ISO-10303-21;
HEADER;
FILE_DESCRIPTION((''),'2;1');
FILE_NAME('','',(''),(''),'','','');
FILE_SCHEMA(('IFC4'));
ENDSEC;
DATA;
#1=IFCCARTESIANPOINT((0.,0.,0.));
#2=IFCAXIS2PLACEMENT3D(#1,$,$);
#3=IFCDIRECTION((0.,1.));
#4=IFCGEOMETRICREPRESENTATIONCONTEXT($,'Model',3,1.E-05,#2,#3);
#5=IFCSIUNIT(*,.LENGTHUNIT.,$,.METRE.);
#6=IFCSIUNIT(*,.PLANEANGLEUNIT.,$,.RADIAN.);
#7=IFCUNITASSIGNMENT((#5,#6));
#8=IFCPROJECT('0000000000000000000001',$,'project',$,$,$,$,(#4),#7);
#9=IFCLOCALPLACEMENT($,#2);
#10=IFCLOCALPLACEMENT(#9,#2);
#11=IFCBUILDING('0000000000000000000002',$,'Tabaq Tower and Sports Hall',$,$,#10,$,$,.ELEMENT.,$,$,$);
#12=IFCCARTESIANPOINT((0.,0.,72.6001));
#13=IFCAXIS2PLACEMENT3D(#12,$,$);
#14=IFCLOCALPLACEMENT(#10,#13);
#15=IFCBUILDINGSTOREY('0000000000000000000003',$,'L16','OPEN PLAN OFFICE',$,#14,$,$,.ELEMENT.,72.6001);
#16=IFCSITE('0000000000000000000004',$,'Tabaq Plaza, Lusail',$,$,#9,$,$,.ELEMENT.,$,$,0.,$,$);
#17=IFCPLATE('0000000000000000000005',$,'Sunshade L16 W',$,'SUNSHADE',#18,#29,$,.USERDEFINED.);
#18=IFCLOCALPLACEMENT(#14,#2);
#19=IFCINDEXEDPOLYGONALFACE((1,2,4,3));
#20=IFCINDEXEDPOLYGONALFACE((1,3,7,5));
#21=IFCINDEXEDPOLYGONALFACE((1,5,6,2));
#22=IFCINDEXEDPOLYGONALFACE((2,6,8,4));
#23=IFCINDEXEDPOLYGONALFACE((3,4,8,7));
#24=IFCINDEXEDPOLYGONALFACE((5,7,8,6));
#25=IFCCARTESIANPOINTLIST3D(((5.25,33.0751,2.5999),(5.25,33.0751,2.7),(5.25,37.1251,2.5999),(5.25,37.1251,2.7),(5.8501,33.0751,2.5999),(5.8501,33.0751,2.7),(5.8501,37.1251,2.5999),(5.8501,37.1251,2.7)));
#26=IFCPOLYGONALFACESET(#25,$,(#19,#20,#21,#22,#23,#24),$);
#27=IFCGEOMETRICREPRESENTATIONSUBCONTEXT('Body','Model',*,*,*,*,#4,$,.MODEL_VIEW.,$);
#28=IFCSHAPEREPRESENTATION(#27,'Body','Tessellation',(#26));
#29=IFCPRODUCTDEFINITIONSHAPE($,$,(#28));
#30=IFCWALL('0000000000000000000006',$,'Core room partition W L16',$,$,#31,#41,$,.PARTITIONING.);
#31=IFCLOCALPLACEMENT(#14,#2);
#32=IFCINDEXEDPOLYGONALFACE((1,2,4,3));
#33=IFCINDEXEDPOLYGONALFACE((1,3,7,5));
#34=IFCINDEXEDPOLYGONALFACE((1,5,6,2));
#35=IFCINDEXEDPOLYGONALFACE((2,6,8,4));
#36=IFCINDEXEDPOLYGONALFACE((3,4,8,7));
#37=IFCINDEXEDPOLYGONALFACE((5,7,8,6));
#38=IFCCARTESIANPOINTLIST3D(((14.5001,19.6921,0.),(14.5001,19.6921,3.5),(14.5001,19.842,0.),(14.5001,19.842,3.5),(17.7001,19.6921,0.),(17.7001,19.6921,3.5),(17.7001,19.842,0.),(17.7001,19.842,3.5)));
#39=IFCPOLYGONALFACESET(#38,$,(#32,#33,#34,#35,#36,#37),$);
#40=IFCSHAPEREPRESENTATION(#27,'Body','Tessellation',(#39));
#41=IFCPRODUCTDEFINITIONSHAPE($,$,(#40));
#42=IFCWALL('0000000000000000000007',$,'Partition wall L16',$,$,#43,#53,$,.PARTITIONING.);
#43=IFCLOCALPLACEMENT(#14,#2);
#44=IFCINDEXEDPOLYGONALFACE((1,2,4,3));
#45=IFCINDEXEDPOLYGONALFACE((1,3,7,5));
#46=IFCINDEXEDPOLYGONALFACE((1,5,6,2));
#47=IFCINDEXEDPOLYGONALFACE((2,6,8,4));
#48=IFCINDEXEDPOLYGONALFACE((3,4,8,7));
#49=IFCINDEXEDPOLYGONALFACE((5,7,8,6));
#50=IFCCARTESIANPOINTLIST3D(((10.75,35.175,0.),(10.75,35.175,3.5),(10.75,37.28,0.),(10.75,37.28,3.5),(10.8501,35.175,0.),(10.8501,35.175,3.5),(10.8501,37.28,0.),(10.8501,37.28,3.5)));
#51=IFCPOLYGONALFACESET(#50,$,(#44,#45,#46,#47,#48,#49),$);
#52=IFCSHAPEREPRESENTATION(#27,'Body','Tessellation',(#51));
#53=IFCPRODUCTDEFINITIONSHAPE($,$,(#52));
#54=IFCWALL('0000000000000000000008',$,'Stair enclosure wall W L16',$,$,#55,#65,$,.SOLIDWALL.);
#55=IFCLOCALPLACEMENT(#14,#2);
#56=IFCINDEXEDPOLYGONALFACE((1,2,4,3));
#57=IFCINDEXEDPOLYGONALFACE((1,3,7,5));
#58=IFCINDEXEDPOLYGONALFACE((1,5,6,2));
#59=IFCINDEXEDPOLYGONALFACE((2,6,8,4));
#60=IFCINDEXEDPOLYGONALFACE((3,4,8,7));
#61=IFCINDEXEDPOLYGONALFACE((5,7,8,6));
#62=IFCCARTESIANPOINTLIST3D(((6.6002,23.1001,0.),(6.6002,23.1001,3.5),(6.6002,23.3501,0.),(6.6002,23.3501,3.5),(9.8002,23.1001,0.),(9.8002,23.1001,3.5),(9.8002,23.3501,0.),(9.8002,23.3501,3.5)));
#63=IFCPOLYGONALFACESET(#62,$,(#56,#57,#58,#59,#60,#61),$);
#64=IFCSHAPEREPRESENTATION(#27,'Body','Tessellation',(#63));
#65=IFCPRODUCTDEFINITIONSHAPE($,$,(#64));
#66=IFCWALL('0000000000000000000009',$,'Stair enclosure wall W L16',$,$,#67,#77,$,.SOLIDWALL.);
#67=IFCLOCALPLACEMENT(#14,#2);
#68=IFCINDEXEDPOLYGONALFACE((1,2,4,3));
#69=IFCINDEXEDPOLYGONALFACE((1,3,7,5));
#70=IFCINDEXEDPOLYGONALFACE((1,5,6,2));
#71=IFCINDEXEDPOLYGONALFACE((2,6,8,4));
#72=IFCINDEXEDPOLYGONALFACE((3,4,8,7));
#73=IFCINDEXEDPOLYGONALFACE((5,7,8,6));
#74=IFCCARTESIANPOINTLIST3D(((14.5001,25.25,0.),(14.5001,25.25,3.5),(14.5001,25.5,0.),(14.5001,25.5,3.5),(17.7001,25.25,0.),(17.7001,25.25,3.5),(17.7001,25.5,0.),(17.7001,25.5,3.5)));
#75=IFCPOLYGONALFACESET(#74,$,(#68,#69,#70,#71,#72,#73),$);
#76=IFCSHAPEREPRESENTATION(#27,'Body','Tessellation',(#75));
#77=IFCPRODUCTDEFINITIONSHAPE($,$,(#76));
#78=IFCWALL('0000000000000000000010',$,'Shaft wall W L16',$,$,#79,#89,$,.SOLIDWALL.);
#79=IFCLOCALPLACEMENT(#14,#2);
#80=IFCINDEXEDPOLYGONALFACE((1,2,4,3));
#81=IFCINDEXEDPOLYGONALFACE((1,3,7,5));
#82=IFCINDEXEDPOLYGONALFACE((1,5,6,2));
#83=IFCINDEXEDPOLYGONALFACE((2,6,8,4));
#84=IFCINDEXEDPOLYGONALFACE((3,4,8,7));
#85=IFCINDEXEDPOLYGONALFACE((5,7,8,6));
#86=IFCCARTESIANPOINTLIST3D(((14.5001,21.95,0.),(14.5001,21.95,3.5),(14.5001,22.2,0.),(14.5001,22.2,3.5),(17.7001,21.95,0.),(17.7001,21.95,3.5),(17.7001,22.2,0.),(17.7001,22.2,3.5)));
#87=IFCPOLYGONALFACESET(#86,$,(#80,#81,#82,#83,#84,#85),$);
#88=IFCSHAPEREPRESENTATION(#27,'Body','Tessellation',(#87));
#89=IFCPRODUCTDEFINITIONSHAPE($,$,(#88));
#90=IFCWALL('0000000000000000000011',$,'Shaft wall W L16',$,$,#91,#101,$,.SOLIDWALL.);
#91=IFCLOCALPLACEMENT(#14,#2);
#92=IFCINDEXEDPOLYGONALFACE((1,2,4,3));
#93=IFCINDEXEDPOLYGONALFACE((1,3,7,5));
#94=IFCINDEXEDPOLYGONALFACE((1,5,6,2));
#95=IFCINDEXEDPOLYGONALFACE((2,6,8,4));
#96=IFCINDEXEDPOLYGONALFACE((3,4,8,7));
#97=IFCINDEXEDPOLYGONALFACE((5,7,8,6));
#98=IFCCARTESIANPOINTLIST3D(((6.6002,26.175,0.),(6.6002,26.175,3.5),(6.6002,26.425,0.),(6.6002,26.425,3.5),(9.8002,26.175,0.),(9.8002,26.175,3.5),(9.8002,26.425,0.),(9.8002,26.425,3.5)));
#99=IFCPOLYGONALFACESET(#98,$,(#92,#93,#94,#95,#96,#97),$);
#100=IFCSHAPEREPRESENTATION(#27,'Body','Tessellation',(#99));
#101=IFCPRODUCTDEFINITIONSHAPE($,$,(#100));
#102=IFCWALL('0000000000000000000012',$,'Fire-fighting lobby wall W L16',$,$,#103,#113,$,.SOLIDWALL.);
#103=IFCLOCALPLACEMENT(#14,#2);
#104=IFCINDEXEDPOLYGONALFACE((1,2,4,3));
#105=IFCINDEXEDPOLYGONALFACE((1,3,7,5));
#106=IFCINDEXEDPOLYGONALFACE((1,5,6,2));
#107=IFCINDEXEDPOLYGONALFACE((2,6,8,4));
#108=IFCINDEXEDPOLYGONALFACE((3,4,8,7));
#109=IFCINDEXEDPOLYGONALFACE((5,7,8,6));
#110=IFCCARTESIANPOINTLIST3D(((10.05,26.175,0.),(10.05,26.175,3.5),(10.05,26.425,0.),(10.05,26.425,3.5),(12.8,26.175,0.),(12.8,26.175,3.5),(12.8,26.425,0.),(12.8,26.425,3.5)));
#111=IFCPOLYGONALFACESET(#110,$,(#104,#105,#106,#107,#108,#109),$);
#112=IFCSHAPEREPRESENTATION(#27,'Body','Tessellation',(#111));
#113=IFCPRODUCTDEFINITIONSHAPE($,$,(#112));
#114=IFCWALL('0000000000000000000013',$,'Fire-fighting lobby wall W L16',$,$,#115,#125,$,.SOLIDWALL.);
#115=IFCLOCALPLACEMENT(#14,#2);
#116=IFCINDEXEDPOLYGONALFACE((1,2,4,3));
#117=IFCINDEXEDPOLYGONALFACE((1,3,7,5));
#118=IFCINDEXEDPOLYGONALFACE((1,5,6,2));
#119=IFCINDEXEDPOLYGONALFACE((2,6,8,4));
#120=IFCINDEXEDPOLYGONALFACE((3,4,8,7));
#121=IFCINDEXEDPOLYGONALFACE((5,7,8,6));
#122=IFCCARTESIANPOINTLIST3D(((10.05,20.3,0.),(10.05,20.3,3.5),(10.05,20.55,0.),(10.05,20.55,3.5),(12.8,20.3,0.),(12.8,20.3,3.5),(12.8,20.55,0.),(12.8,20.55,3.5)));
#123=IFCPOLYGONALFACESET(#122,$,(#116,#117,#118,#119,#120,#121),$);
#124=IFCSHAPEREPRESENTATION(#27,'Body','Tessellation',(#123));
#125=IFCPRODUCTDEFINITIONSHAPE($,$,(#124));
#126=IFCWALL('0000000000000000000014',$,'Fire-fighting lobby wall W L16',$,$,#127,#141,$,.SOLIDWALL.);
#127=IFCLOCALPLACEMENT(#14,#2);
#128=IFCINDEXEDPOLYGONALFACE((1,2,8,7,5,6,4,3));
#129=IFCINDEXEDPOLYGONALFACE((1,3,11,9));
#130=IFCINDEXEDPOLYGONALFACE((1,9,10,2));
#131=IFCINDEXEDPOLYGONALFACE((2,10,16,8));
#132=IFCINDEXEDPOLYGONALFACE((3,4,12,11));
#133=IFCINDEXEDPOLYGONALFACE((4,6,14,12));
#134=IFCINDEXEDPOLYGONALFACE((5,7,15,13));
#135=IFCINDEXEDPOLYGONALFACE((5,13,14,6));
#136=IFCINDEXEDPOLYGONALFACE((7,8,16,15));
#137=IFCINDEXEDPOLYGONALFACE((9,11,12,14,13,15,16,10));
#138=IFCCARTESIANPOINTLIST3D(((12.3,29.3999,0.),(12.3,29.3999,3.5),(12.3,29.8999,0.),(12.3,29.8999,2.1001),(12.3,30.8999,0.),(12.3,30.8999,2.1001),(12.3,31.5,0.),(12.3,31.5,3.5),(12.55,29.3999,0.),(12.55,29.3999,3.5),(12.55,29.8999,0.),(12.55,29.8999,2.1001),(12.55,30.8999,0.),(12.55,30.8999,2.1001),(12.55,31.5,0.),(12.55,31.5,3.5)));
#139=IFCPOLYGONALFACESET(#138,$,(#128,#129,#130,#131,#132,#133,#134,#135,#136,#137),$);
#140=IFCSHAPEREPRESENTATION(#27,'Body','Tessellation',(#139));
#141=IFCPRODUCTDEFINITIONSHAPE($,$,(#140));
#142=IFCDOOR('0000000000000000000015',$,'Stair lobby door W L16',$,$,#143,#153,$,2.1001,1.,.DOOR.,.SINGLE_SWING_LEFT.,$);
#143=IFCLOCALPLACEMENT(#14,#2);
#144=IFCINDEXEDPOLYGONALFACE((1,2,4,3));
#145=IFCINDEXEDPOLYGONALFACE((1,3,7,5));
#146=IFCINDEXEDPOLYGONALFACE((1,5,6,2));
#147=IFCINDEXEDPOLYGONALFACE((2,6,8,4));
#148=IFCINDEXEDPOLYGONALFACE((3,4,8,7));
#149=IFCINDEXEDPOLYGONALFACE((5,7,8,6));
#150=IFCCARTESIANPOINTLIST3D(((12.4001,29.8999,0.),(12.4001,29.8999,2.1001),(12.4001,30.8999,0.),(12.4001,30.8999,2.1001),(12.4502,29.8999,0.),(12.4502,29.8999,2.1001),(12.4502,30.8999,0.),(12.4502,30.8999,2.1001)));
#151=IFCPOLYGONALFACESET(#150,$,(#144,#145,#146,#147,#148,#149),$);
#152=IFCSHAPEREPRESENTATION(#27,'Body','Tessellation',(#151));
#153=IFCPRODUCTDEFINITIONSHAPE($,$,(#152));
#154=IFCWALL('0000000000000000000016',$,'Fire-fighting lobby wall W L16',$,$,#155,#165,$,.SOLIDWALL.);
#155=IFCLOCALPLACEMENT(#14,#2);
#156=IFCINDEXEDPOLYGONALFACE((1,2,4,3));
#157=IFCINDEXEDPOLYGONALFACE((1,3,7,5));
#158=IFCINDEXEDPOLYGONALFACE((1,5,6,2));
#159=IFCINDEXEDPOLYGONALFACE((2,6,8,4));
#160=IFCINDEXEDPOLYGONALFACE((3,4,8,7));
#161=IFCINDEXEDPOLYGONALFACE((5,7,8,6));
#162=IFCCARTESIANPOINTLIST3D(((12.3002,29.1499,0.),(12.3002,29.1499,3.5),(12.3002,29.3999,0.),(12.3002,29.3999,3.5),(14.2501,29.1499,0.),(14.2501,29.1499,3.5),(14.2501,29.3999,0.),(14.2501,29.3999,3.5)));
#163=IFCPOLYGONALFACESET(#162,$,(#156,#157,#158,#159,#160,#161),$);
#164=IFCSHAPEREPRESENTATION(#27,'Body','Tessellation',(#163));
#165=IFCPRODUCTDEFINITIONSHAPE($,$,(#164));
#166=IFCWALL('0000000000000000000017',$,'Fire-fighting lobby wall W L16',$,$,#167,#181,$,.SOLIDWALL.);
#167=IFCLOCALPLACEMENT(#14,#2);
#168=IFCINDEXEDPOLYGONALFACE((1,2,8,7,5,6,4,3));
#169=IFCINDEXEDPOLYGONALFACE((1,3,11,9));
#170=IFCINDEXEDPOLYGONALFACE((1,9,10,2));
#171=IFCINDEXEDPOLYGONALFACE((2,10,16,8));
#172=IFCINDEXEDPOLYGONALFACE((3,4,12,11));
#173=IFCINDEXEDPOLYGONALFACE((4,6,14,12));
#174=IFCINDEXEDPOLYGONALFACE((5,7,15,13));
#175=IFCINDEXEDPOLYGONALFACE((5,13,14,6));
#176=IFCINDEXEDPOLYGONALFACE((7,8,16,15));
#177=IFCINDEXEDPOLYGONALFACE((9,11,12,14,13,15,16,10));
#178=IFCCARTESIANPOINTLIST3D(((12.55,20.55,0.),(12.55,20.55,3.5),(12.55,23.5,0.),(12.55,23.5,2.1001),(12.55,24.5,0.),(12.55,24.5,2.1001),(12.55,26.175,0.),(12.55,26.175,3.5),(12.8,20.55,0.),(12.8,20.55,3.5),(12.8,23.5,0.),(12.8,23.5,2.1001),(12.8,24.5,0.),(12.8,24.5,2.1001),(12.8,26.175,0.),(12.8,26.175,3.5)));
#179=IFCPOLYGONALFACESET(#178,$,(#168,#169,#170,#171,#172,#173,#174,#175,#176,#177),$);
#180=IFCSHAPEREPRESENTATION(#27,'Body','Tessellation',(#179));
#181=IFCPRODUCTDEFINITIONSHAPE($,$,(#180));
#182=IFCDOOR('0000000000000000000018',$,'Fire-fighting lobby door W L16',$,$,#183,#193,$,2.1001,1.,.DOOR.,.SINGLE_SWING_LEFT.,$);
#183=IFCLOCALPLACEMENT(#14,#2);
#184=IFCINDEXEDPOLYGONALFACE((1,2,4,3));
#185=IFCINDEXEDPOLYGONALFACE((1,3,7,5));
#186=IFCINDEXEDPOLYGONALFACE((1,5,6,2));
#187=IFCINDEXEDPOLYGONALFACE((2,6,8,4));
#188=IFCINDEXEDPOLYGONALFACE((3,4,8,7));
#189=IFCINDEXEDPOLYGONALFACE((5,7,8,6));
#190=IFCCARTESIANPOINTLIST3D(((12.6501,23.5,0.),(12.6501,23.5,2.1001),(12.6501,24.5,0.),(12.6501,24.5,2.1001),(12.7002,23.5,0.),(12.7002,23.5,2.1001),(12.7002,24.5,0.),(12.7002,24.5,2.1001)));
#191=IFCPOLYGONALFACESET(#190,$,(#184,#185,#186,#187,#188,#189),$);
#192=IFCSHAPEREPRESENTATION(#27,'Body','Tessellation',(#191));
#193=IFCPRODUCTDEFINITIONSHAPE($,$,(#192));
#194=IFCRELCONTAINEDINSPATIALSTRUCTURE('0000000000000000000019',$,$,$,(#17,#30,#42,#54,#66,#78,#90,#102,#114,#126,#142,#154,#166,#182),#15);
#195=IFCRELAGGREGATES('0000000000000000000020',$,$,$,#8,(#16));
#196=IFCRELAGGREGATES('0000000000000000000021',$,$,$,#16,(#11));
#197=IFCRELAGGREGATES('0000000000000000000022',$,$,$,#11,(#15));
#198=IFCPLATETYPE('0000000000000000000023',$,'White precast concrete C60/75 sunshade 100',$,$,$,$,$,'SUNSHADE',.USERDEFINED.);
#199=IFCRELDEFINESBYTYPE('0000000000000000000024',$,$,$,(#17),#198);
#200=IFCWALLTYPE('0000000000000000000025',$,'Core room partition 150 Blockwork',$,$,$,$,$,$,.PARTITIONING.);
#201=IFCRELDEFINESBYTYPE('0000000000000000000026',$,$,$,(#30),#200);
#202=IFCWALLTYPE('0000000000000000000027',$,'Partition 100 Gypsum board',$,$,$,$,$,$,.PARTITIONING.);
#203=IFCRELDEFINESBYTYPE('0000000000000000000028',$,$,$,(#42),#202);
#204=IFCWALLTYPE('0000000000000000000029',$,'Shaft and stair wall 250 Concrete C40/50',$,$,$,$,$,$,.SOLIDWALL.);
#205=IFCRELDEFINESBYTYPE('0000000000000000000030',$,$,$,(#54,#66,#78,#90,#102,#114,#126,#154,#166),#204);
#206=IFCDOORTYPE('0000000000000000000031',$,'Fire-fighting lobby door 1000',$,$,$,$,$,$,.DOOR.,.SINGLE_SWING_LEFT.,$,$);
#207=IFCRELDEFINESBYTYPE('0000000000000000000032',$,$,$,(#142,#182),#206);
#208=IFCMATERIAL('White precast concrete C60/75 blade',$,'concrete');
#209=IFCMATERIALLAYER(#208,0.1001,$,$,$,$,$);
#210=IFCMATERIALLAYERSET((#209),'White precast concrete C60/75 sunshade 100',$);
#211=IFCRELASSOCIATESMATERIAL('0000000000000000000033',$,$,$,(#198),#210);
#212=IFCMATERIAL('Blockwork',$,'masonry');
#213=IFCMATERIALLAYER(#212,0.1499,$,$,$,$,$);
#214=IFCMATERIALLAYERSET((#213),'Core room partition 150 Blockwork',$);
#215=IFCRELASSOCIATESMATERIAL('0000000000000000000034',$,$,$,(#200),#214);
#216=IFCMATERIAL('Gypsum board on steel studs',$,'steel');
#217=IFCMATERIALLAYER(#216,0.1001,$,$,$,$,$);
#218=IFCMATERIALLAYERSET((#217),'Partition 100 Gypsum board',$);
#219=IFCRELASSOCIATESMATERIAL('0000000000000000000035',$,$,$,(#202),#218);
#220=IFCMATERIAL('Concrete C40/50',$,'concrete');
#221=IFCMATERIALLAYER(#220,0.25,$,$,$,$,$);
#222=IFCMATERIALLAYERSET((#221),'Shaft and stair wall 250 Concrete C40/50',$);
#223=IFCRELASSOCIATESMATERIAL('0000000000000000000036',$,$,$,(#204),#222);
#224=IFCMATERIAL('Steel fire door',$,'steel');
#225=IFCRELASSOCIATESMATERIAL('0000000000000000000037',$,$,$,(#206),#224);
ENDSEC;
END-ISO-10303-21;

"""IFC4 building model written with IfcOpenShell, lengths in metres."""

from ifc_helpers import new_model, si_unit, direction, frame, frame_2d, origin, origin_2d, place, context, subcontext, project, spatial, rectangle, extrude, material, layer, layer_set, type_object, element, fill, save


model = new_model("IFC4")

# Units and contexts
model_context = context("Model", 3, precision=1e-05, world=origin(), true_north=direction((0.0, 1.0)))
body_context = subcontext(model_context, "Body", "Model", "MODEL_VIEW")
ifc_project = project(units=[si_unit("LENGTHUNIT", "METRE"), si_unit("PLANEANGLEUNIT", "RADIAN")], contexts=[model_context])

# Site, building, storey
site_placement = place(None, origin())
site = spatial("IfcSite", under=ifc_project, at=site_placement, Name="Tabaq Plaza, Lusail", CompositionType="ELEMENT", RefElevation=0.0)
building_placement = place(site_placement, origin())
building = spatial("IfcBuilding", under=site, at=building_placement, Name="Tabaq Tower and Sports Hall", CompositionType="ELEMENT")
storey_placement = place(building_placement, frame((0.0, 0.0, 72.6001)))
storey = spatial("IfcBuildingStorey", under=building, at=storey_placement, Name="L16", Description="OPEN PLAN OFFICE", CompositionType="ELEMENT", Elevation=72.6001)

# Plate
ifc_material_1 = material(Name="White precast concrete C60/75 blade", Category="concrete")
ifc_layer_1 = layer(ifc_material_1, 0.1001)
ifc_layer_set_1 = layer_set([ifc_layer_1], Name="White precast concrete C60/75 sunshade 100")
plate_type = type_object("IfcPlateType", Name="White precast concrete C60/75 sunshade 100", ElementType="SUNSHADE", PredefinedType="USERDEFINED", material=ifc_layer_set_1)
plate_placement = place(storey_placement, frame((5.55, 35.1001, 2.5999), z_axis=(0.0, 0.0, 1.0), x_axis=(0.0, -1.0, 0.0)))
element("IfcPlate", 1, at=plate_placement, inside=storey, type_object=plate_type, Name="Sunshade L16 W", ObjectType="SUNSHADE", PredefinedType="USERDEFINED", context=body_context, shape_type="SweptSolid", body=[
    extrude(rectangle(XDim=4.05, YDim=0.6001, at=origin_2d()), origin(), (0.0, 0.0, 1.0), 0.1001),
])

# Wall
ifc_material_2 = material(Name="Blockwork", Category="masonry")
ifc_layer_2 = layer(ifc_material_2, 0.1499)
ifc_layer_set_2 = layer_set([ifc_layer_2], Name="Core room partition 150 Blockwork")
wall_type_1 = type_object("IfcWallType", Name="Core room partition 150 Blockwork", PredefinedType="PARTITIONING", material=ifc_layer_set_2)
wall_1_placement = place(storey_placement, frame((14.5, 19.7671, 0.0), z_axis=(0.0, 0.0, 1.0), x_axis=(1.0, 0.0, 0.0)))
element("IfcWall", 2, at=wall_1_placement, inside=storey, type_object=wall_type_1, Name="Core room partition W L16", PredefinedType="PARTITIONING", context=body_context, shape_type="SweptSolid", body=[
    extrude(rectangle(XDim=3.2, YDim=0.1499, at=frame_2d((1.6001, 0.0))), origin(), (0.0, 0.0, 1.0), 3.5),
])

# Walls
ifc_material_3 = material(Name="Gypsum board on steel studs", Category="steel")
ifc_layer_3 = layer(ifc_material_3, 0.1001)
ifc_layer_set_3 = layer_set([ifc_layer_3], Name="Partition 100 Gypsum board")
wall_type_2 = type_object("IfcWallType", Name="Partition 100 Gypsum board", PredefinedType="PARTITIONING", material=ifc_layer_set_3)
wall_2_placement = place(storey_placement, frame((10.8, 35.175, 0.0), z_axis=(0.0, 0.0, 1.0), x_axis=(0.0, 1.0, 0.0)))
element("IfcWall", 3, at=wall_2_placement, inside=storey, type_object=wall_type_2, Name="Partition wall L16", PredefinedType="PARTITIONING", context=body_context, shape_type="SweptSolid", body=[
    extrude(rectangle(XDim=2.105, YDim=0.1001, at=frame_2d((1.0525, 0.0))), origin(), (0.0, 0.0, 1.0), 3.5),
])
ifc_material_4 = material(Name="Concrete C40/50", Category="concrete")
ifc_layer_4 = layer(ifc_material_4, 0.25)
ifc_layer_set_4 = layer_set([ifc_layer_4], Name="Shaft and stair wall 250 Concrete C40/50")
wall_type_3 = type_object("IfcWallType", Name="Shaft and stair wall 250 Concrete C40/50", PredefinedType="SOLIDWALL", material=ifc_layer_set_4)
for number, where, z_axis, x_axis, name in (
    (4, (6.6001, 23.2251, 0.0), (0.0, 0.0, 1.0), (1.0, 0.0, 0.0), "Stair enclosure wall W L16"),
    (5, (14.5, 25.375, 0.0), (0.0, 0.0, 1.0), (1.0, 0.0, 0.0), "Stair enclosure wall W L16"),
    (6, (14.5, 22.075, 0.0), (0.0, 0.0, 1.0), (1.0, 0.0, 0.0), "Shaft wall W L16"),
    (7, (6.6001, 26.3, 0.0), (0.0, 0.0, 1.0), (1.0, 0.0, 0.0), "Shaft wall W L16"),
):
    element("IfcWall", number, at=place(storey_placement, frame(where, z_axis=z_axis, x_axis=x_axis)), inside=storey, type_object=wall_type_3, Name=name, PredefinedType="SOLIDWALL", context=body_context, shape_type="SweptSolid", body=[
        extrude(rectangle(XDim=3.2, YDim=0.25, at=frame_2d((1.6001, 0.0))), origin(), (0.0, 0.0, 1.0), 3.5),
    ])
for number, where, z_axis, x_axis, name in (
    (8, (10.05, 26.3, 0.0), (0.0, 0.0, 1.0), (1.0, 0.0, 0.0), "Fire-fighting lobby wall W L16"),
    (9, (10.05, 20.425, 0.0), (0.0, 0.0, 1.0), (1.0, 0.0, 0.0), "Fire-fighting lobby wall W L16"),
):
    element("IfcWall", number, at=place(storey_placement, frame(where, z_axis=z_axis, x_axis=x_axis)), inside=storey, type_object=wall_type_3, Name=name, PredefinedType="SOLIDWALL", context=body_context, shape_type="SweptSolid", body=[
        extrude(rectangle(XDim=2.75, YDim=0.25, at=frame_2d((1.375, 0.0))), origin(), (0.0, 0.0, 1.0), 3.5),
    ])

# Wall, opening, door
wall_3_placement = place(storey_placement, frame((12.425, 29.3999, 0.0), z_axis=(0.0, 0.0, 1.0), x_axis=(0.0, 1.0, 0.0)))
wall_3 = element("IfcWall", 10, at=wall_3_placement, inside=storey, type_object=wall_type_3, Name="Fire-fighting lobby wall W L16", PredefinedType="SOLIDWALL", context=body_context, shape_type="SweptSolid", body=[
    extrude(rectangle(XDim=2.1001, YDim=0.25, at=frame_2d((1.05, 0.0))), origin(), (0.0, 0.0, 1.0), 3.5),
])
opening_1_placement = place(wall_3_placement, frame((0.5, 0.0, 0.0)))
opening_1 = element("IfcOpeningElement", 11, at=opening_1_placement, cuts=wall_3, PredefinedType="OPENING", context=body_context, shape_type="SweptSolid", body=[
    extrude(rectangle(XDim=1.0, YDim=2.1001, at=frame_2d((0.5, 1.05))), frame((0.0, 0.125, 0.0), z_axis=(0.0, -1.0, 0.0), x_axis=(1.0, 0.0, 0.0)), (0.0, 0.0, 1.0), 0.25),
])
ifc_material_5 = material(Name="Steel fire door", Category="steel")
door_type_1 = type_object("IfcDoorType", Name="Fire-fighting lobby door 1000", OperationType="SINGLE_SWING_LEFT", PredefinedType="DOOR", material=ifc_material_5)
door_1_placement = place(opening_1_placement, origin())
door_1 = element("IfcDoor", 12, at=door_1_placement, inside=storey, type_object=door_type_1, Name="Stair lobby door W L16", OperationType="SINGLE_SWING_LEFT", OverallHeight=2.1001, OverallWidth=1.0, PredefinedType="DOOR", context=body_context, shape_type="SweptSolid", body=[
    extrude(rectangle(XDim=1.0, YDim=2.1001, at=frame_2d((0.5, 1.05))), frame((0.0, 0.0249, 0.0), z_axis=(0.0, -1.0, 0.0), x_axis=(1.0, 0.0, 0.0)), (0.0, 0.0, 1.0), 0.05),
])
fill(opening_1, door_1)

# Wall
wall_4_placement = place(storey_placement, frame((12.3, 29.2749, 0.0), z_axis=(0.0, 0.0, 1.0), x_axis=(1.0, 0.0, 0.0)))
element("IfcWall", 13, at=wall_4_placement, inside=storey, type_object=wall_type_3, Name="Fire-fighting lobby wall W L16", PredefinedType="SOLIDWALL", context=body_context, shape_type="SweptSolid", body=[
    extrude(rectangle(XDim=1.95, YDim=0.25, at=frame_2d((0.9751, 0.0))), origin(), (0.0, 0.0, 1.0), 3.5),
])

# Wall, opening, door
wall_5_placement = place(storey_placement, frame((12.675, 20.55, 0.0), z_axis=(0.0, 0.0, 1.0), x_axis=(0.0, 1.0, 0.0)))
wall_5 = element("IfcWall", 14, at=wall_5_placement, inside=storey, type_object=wall_type_3, Name="Fire-fighting lobby wall W L16", PredefinedType="SOLIDWALL", context=body_context, shape_type="SweptSolid", body=[
    extrude(rectangle(XDim=5.625, YDim=0.25, at=frame_2d((2.8125, 0.0))), origin(), (0.0, 0.0, 1.0), 3.5),
])
opening_2_placement = place(wall_5_placement, frame((2.95, 0.0, 0.0)))
opening_2 = element("IfcOpeningElement", 15, at=opening_2_placement, cuts=wall_5, PredefinedType="OPENING", context=body_context, shape_type="SweptSolid", body=[
    extrude(rectangle(XDim=1.0, YDim=2.1001, at=frame_2d((0.5, 1.05))), frame((0.0, 0.125, 0.0), z_axis=(0.0, -1.0, 0.0), x_axis=(1.0, 0.0, 0.0)), (0.0, 0.0, 1.0), 0.25),
])
door_2_placement = place(opening_2_placement, origin())
door_2 = element("IfcDoor", 16, at=door_2_placement, inside=storey, type_object=door_type_1, Name="Fire-fighting lobby door W L16", OperationType="SINGLE_SWING_LEFT", OverallHeight=2.1001, OverallWidth=1.0, PredefinedType="DOOR", context=body_context, shape_type="SweptSolid", body=[
    extrude(rectangle(XDim=1.0, YDim=2.1001, at=frame_2d((0.5, 1.05))), frame((0.0, 0.0249, 0.0), z_axis=(0.0, -1.0, 0.0), x_axis=(1.0, 0.0, 0.0)), (0.0, 0.0, 1.0), 0.05),
])
fill(opening_2, door_2)

save(model, "model.ifc")
